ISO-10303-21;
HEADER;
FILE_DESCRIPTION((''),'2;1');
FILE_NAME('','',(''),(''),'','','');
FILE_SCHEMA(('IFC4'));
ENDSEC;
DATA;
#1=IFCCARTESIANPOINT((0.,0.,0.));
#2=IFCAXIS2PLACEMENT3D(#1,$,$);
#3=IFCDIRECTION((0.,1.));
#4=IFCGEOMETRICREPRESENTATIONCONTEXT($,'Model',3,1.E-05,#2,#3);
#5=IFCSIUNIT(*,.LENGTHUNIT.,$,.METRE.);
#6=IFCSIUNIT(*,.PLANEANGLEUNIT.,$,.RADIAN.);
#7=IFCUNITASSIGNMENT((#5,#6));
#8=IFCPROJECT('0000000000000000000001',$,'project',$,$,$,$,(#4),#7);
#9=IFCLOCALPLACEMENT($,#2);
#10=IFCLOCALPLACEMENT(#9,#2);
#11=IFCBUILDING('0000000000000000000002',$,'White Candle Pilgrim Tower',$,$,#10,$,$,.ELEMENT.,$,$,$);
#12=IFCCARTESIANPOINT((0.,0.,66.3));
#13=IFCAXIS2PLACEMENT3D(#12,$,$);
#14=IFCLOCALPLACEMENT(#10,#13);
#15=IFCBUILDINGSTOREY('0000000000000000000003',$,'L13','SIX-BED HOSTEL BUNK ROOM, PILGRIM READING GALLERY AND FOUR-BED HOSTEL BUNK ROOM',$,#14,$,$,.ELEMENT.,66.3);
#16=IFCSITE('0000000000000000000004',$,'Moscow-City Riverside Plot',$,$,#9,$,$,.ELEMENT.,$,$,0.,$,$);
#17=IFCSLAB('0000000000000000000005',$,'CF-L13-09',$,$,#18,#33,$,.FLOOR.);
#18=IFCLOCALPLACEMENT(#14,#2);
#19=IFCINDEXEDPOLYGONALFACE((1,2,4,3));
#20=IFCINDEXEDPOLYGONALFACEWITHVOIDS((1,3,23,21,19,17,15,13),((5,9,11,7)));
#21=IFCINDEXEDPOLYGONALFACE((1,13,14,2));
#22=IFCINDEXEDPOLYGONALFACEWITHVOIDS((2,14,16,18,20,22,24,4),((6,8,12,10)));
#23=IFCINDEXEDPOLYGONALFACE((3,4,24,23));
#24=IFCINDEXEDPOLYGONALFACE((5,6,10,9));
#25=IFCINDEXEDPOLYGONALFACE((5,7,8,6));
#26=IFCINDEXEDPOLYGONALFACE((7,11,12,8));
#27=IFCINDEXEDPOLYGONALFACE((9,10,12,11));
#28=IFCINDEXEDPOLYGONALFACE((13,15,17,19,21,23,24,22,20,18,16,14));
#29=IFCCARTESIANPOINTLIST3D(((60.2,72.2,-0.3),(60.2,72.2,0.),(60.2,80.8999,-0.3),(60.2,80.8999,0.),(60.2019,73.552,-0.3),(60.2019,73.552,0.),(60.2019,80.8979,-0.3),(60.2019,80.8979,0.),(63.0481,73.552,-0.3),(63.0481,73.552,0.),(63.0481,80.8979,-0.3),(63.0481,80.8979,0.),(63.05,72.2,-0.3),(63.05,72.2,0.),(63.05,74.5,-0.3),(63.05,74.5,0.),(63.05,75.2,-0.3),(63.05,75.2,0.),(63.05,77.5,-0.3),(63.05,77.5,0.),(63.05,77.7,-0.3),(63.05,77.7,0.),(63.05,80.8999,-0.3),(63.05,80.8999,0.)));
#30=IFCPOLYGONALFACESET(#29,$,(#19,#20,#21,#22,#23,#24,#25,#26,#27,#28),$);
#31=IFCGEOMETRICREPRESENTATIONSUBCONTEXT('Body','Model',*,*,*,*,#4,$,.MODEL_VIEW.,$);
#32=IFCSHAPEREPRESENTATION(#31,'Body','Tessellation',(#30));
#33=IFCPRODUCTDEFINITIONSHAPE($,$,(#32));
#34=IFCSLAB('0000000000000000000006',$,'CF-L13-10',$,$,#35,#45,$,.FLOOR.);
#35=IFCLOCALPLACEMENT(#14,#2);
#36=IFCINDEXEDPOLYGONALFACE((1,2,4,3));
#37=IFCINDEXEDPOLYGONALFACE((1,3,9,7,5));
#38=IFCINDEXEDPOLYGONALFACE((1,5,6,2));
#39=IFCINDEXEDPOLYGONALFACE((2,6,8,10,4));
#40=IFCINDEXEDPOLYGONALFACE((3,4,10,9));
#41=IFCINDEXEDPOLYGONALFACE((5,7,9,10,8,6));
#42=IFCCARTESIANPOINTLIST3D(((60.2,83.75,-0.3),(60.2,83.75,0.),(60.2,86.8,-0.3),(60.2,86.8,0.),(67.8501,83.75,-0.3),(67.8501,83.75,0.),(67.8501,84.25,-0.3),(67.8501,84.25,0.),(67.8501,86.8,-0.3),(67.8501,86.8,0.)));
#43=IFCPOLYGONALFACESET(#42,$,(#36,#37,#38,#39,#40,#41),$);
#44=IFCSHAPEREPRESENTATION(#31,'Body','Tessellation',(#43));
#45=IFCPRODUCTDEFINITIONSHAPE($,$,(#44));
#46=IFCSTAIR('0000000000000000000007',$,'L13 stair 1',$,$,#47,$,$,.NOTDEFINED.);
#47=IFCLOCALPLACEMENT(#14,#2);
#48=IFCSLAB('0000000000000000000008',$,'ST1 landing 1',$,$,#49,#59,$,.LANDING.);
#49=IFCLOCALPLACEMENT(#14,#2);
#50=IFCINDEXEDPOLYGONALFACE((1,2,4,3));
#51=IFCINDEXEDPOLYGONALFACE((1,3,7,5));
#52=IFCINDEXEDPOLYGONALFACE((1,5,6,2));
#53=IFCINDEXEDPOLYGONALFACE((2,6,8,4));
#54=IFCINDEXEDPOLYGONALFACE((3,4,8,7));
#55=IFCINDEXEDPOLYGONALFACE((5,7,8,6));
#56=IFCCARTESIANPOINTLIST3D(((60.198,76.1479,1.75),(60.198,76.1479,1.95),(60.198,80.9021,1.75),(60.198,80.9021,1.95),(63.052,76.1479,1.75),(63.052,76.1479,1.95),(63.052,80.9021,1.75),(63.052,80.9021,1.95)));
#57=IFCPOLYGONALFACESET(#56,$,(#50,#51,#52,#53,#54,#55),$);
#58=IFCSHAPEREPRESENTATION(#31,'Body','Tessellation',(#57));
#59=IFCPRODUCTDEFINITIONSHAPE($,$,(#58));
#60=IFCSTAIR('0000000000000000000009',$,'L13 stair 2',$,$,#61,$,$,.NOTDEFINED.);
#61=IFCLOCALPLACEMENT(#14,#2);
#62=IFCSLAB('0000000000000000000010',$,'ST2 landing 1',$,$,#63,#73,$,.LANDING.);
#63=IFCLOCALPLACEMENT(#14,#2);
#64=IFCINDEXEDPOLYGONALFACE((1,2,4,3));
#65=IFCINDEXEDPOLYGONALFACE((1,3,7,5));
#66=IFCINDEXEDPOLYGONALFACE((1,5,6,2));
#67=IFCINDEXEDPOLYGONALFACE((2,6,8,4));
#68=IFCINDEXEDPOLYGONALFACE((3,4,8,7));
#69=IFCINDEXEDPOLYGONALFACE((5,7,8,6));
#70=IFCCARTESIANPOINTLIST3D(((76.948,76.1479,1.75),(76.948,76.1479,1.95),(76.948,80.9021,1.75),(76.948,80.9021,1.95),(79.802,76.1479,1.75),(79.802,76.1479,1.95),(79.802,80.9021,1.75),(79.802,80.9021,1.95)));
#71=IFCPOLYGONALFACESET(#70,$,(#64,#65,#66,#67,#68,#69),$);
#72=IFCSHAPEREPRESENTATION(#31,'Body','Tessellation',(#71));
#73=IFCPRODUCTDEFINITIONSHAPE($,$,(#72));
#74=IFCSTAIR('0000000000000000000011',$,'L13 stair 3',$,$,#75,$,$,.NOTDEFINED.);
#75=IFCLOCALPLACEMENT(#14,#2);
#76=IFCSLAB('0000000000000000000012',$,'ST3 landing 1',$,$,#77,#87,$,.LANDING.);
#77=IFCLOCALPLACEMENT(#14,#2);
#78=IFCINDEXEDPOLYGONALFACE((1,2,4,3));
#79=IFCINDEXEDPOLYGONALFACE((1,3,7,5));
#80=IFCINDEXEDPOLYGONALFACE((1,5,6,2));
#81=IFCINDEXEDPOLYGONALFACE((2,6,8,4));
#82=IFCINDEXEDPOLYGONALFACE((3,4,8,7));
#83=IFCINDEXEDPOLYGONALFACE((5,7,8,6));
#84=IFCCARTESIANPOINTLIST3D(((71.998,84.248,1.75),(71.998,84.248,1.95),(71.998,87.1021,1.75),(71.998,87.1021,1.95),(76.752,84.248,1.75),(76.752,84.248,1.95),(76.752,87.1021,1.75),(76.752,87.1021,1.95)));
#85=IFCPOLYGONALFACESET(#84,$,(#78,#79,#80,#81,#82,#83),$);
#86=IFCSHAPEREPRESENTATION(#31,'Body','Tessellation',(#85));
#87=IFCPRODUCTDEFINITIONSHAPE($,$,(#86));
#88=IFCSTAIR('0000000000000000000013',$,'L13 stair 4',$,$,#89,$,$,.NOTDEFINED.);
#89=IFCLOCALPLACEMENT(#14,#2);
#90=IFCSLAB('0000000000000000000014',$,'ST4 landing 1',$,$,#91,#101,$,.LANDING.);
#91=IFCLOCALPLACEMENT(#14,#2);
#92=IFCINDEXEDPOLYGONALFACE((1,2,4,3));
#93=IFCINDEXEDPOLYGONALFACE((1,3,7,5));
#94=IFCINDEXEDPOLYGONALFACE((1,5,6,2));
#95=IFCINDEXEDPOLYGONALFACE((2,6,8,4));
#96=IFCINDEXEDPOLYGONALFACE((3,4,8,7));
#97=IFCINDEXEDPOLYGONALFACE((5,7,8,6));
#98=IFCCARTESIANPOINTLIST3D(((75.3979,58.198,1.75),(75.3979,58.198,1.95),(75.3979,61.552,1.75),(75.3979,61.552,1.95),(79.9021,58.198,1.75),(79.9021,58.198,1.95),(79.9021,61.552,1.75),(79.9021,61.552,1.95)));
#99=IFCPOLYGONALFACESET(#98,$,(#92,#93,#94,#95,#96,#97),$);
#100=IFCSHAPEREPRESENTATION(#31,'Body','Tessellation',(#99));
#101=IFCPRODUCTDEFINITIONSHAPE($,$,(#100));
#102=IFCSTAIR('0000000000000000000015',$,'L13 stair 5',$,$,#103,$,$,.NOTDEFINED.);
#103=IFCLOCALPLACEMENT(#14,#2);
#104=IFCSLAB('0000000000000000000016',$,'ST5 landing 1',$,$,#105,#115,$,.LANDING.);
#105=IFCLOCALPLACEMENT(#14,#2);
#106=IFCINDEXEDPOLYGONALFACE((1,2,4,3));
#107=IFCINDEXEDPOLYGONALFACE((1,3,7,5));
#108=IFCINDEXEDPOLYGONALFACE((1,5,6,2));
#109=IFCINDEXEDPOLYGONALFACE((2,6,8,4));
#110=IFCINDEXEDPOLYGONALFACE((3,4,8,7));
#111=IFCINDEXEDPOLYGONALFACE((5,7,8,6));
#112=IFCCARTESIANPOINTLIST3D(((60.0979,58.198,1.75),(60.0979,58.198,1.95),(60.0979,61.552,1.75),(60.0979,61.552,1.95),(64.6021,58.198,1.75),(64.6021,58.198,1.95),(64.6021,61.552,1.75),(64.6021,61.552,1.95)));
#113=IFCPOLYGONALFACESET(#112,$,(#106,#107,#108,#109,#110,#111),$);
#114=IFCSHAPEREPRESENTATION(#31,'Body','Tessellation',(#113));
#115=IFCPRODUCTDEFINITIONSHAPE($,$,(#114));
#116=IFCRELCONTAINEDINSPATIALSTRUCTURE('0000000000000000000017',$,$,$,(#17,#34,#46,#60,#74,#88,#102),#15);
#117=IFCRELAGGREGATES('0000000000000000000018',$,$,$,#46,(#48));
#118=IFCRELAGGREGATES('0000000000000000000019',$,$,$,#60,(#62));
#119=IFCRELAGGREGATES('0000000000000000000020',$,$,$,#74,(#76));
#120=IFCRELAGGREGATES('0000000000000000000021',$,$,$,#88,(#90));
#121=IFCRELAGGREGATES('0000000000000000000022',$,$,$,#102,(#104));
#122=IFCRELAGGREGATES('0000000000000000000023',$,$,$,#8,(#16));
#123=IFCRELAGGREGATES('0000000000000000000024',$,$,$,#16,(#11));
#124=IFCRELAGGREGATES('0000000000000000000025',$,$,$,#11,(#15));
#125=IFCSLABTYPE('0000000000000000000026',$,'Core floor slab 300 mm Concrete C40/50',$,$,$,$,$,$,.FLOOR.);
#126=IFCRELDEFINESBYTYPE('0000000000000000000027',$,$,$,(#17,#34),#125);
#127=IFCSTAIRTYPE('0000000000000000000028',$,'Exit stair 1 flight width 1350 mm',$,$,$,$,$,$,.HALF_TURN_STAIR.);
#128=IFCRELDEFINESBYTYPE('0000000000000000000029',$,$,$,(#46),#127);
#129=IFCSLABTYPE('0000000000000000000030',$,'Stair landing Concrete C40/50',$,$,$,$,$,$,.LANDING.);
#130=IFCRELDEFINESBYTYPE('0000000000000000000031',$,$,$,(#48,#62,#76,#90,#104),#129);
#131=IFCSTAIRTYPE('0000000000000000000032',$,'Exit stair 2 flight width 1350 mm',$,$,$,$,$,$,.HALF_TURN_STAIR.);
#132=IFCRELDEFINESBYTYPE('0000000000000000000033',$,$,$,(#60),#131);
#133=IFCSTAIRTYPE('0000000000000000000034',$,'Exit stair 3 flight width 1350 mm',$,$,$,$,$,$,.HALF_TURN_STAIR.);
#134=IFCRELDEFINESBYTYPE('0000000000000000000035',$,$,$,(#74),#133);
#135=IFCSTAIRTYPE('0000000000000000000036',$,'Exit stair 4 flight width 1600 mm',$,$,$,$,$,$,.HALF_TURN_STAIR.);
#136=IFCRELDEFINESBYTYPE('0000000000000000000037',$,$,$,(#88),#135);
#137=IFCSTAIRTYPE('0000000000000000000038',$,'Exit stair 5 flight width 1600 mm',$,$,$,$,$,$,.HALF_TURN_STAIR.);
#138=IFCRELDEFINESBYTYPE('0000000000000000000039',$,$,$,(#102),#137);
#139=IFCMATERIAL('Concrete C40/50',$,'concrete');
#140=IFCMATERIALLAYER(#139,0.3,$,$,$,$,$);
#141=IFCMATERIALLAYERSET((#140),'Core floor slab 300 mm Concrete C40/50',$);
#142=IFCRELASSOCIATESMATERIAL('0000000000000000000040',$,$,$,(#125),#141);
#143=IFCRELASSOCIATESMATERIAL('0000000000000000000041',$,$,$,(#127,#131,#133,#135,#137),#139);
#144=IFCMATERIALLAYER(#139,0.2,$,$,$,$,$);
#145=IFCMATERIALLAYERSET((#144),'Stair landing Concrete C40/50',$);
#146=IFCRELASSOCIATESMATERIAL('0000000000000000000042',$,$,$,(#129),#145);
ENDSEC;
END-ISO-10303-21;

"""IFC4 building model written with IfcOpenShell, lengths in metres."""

from ifc_helpers import new_model, si_unit, direction, frame, origin, place, context, subcontext, project, spatial, polyline, outline, extrude, material, layer, layer_set, type_object, element, aggregate, save


model = new_model("IFC4")

# Units and contexts
model_context = context("Model", 3, precision=1e-05, world=origin(), true_north=direction((0.0, 1.0)))
body_context = subcontext(model_context, "Body", "Model", "MODEL_VIEW")
ifc_project = project(units=[si_unit("LENGTHUNIT", "METRE"), si_unit("PLANEANGLEUNIT", "RADIAN")], contexts=[model_context])

# Site, building, storey
site_placement = place(None, origin())
site = spatial("IfcSite", under=ifc_project, at=site_placement, Name="Moscow-City Riverside Plot", CompositionType="ELEMENT", RefElevation=0.0)
building_placement = place(site_placement, origin())
building = spatial("IfcBuilding", under=site, at=building_placement, Name="White Candle Pilgrim Tower", CompositionType="ELEMENT")
storey_placement = place(building_placement, frame((0.0, 0.0, 66.3)))
storey = spatial("IfcBuildingStorey", under=building, at=storey_placement, Name="L13", Description="SIX-BED HOSTEL BUNK ROOM, PILGRIM READING GALLERY AND FOUR-BED HOSTEL BUNK ROOM", CompositionType="ELEMENT", Elevation=66.3)

# Slabs
ifc_material_1 = material(Name="Concrete C40/50", Category="concrete")
ifc_layer_1 = layer(ifc_material_1, 0.3)
ifc_layer_set_1 = layer_set([ifc_layer_1], Name="Core floor slab 300 mm Concrete C40/50")
slab_type_1 = type_object("IfcSlabType", Name="Core floor slab 300 mm Concrete C40/50", PredefinedType="FLOOR", material=ifc_layer_set_1)
slab_1_placement = place(storey_placement, frame((0.0, 0.0, -0.3)))
element("IfcSlab", 1, at=slab_1_placement, inside=storey, type_object=slab_type_1, Name="CF-L13-09", PredefinedType="FLOOR", context=body_context, shape_type="SweptSolid", body=[
    extrude(outline(polyline([(60.2, 72.2), (60.2, 80.8999), (63.05, 80.8999), (63.05, 77.7), (63.05, 77.5), (63.05, 75.2), (63.05, 74.5), (63.05, 72.2), (60.2, 72.2)]), holes=[polyline([(60.2019, 73.552), (63.0481, 73.552), (63.0481, 80.8979), (60.2019, 80.8979), (60.2019, 73.552)])]), origin(), (0.0, 0.0, 1.0), 0.3),
])
slab_2_placement = place(storey_placement, frame((0.0, 0.0, -0.3)))
element("IfcSlab", 2, at=slab_2_placement, inside=storey, type_object=slab_type_1, Name="CF-L13-10", PredefinedType="FLOOR", context=body_context, shape_type="SweptSolid", body=[
    extrude(outline(polyline([(60.2, 86.8), (67.8501, 86.8), (67.8501, 84.25), (67.8501, 83.75), (60.2, 83.75), (60.2, 86.8)])), origin(), (0.0, 0.0, 1.0), 0.3),
])

# Stairs, slabs
stair_type_1 = type_object("IfcStairType", Name="Exit stair 1 flight width 1350 mm", PredefinedType="HALF_TURN_STAIR", material=ifc_material_1)
stair_1_placement = place(storey_placement, origin())
stair_1 = element("IfcStair", 3, at=stair_1_placement, inside=storey, type_object=stair_type_1, Name="L13 stair 1", PredefinedType="NOTDEFINED")
ifc_layer_2 = layer(ifc_material_1, 0.2)
ifc_layer_set_2 = layer_set([ifc_layer_2], Name="Stair landing Concrete C40/50")
slab_type_2 = type_object("IfcSlabType", Name="Stair landing Concrete C40/50", PredefinedType="LANDING", material=ifc_layer_set_2)
slab_3_placement = place(storey_placement, frame((0.0, 0.0, 1.75)))
slab_3 = element("IfcSlab", 4, at=slab_3_placement, type_object=slab_type_2, Name="ST1 landing 1", PredefinedType="LANDING", context=body_context, shape_type="SweptSolid", body=[
    extrude(outline(polyline([(63.052, 76.1479), (60.198, 76.1479), (60.198, 80.9021), (63.052, 80.9021), (63.052, 76.1479)])), origin(), (0.0, 0.0, 1.0), 0.2),
])
aggregate(stair_1, [slab_3])
stair_type_2 = type_object("IfcStairType", Name="Exit stair 2 flight width 1350 mm", PredefinedType="HALF_TURN_STAIR", material=ifc_material_1)
stair_2_placement = place(storey_placement, origin())
stair_2 = element("IfcStair", 5, at=stair_2_placement, inside=storey, type_object=stair_type_2, Name="L13 stair 2", PredefinedType="NOTDEFINED")
slab_4_placement = place(storey_placement, frame((0.0, 0.0, 1.75)))
slab_4 = element("IfcSlab", 6, at=slab_4_placement, type_object=slab_type_2, Name="ST2 landing 1", PredefinedType="LANDING", context=body_context, shape_type="SweptSolid", body=[
    extrude(outline(polyline([(79.802, 76.1479), (76.948, 76.1479), (76.948, 80.9021), (79.802, 80.9021), (79.802, 76.1479)])), origin(), (0.0, 0.0, 1.0), 0.2),
])
aggregate(stair_2, [slab_4])
stair_type_3 = type_object("IfcStairType", Name="Exit stair 3 flight width 1350 mm", PredefinedType="HALF_TURN_STAIR", material=ifc_material_1)
stair_3_placement = place(storey_placement, origin())
stair_3 = element("IfcStair", 7, at=stair_3_placement, inside=storey, type_object=stair_type_3, Name="L13 stair 3", PredefinedType="NOTDEFINED")
slab_5_placement = place(storey_placement, frame((0.0, 0.0, 1.75)))
slab_5 = element("IfcSlab", 8, at=slab_5_placement, type_object=slab_type_2, Name="ST3 landing 1", PredefinedType="LANDING", context=body_context, shape_type="SweptSolid", body=[
    extrude(outline(polyline([(71.998, 84.248), (71.998, 87.1021), (76.752, 87.1021), (76.752, 84.248), (71.998, 84.248)])), origin(), (0.0, 0.0, 1.0), 0.2),
])
aggregate(stair_3, [slab_5])
stair_type_4 = type_object("IfcStairType", Name="Exit stair 4 flight width 1600 mm", PredefinedType="HALF_TURN_STAIR", material=ifc_material_1)
stair_4_placement = place(storey_placement, origin())
stair_4 = element("IfcStair", 9, at=stair_4_placement, inside=storey, type_object=stair_type_4, Name="L13 stair 4", PredefinedType="NOTDEFINED")
slab_6_placement = place(storey_placement, frame((0.0, 0.0, 1.75)))
slab_6 = element("IfcSlab", 10, at=slab_6_placement, type_object=slab_type_2, Name="ST4 landing 1", PredefinedType="LANDING", context=body_context, shape_type="SweptSolid", body=[
    extrude(outline(polyline([(79.9021, 61.552), (79.9021, 58.198), (75.3979, 58.198), (75.3979, 61.552), (79.9021, 61.552)])), origin(), (0.0, 0.0, 1.0), 0.2),
])
aggregate(stair_4, [slab_6])
stair_type_5 = type_object("IfcStairType", Name="Exit stair 5 flight width 1600 mm", PredefinedType="HALF_TURN_STAIR", material=ifc_material_1)
stair_5_placement = place(storey_placement, origin())
stair_5 = element("IfcStair", 11, at=stair_5_placement, inside=storey, type_object=stair_type_5, Name="L13 stair 5", PredefinedType="NOTDEFINED")
slab_7_placement = place(storey_placement, frame((0.0, 0.0, 1.75)))
slab_7 = element("IfcSlab", 12, at=slab_7_placement, type_object=slab_type_2, Name="ST5 landing 1", PredefinedType="LANDING", context=body_context, shape_type="SweptSolid", body=[
    extrude(outline(polyline([(60.0979, 58.198), (60.0979, 61.552), (64.6021, 61.552), (64.6021, 58.198), (60.0979, 58.198)])), origin(), (0.0, 0.0, 1.0), 0.2),
])
aggregate(stair_5, [slab_7])

save(model, "model.ifc")
